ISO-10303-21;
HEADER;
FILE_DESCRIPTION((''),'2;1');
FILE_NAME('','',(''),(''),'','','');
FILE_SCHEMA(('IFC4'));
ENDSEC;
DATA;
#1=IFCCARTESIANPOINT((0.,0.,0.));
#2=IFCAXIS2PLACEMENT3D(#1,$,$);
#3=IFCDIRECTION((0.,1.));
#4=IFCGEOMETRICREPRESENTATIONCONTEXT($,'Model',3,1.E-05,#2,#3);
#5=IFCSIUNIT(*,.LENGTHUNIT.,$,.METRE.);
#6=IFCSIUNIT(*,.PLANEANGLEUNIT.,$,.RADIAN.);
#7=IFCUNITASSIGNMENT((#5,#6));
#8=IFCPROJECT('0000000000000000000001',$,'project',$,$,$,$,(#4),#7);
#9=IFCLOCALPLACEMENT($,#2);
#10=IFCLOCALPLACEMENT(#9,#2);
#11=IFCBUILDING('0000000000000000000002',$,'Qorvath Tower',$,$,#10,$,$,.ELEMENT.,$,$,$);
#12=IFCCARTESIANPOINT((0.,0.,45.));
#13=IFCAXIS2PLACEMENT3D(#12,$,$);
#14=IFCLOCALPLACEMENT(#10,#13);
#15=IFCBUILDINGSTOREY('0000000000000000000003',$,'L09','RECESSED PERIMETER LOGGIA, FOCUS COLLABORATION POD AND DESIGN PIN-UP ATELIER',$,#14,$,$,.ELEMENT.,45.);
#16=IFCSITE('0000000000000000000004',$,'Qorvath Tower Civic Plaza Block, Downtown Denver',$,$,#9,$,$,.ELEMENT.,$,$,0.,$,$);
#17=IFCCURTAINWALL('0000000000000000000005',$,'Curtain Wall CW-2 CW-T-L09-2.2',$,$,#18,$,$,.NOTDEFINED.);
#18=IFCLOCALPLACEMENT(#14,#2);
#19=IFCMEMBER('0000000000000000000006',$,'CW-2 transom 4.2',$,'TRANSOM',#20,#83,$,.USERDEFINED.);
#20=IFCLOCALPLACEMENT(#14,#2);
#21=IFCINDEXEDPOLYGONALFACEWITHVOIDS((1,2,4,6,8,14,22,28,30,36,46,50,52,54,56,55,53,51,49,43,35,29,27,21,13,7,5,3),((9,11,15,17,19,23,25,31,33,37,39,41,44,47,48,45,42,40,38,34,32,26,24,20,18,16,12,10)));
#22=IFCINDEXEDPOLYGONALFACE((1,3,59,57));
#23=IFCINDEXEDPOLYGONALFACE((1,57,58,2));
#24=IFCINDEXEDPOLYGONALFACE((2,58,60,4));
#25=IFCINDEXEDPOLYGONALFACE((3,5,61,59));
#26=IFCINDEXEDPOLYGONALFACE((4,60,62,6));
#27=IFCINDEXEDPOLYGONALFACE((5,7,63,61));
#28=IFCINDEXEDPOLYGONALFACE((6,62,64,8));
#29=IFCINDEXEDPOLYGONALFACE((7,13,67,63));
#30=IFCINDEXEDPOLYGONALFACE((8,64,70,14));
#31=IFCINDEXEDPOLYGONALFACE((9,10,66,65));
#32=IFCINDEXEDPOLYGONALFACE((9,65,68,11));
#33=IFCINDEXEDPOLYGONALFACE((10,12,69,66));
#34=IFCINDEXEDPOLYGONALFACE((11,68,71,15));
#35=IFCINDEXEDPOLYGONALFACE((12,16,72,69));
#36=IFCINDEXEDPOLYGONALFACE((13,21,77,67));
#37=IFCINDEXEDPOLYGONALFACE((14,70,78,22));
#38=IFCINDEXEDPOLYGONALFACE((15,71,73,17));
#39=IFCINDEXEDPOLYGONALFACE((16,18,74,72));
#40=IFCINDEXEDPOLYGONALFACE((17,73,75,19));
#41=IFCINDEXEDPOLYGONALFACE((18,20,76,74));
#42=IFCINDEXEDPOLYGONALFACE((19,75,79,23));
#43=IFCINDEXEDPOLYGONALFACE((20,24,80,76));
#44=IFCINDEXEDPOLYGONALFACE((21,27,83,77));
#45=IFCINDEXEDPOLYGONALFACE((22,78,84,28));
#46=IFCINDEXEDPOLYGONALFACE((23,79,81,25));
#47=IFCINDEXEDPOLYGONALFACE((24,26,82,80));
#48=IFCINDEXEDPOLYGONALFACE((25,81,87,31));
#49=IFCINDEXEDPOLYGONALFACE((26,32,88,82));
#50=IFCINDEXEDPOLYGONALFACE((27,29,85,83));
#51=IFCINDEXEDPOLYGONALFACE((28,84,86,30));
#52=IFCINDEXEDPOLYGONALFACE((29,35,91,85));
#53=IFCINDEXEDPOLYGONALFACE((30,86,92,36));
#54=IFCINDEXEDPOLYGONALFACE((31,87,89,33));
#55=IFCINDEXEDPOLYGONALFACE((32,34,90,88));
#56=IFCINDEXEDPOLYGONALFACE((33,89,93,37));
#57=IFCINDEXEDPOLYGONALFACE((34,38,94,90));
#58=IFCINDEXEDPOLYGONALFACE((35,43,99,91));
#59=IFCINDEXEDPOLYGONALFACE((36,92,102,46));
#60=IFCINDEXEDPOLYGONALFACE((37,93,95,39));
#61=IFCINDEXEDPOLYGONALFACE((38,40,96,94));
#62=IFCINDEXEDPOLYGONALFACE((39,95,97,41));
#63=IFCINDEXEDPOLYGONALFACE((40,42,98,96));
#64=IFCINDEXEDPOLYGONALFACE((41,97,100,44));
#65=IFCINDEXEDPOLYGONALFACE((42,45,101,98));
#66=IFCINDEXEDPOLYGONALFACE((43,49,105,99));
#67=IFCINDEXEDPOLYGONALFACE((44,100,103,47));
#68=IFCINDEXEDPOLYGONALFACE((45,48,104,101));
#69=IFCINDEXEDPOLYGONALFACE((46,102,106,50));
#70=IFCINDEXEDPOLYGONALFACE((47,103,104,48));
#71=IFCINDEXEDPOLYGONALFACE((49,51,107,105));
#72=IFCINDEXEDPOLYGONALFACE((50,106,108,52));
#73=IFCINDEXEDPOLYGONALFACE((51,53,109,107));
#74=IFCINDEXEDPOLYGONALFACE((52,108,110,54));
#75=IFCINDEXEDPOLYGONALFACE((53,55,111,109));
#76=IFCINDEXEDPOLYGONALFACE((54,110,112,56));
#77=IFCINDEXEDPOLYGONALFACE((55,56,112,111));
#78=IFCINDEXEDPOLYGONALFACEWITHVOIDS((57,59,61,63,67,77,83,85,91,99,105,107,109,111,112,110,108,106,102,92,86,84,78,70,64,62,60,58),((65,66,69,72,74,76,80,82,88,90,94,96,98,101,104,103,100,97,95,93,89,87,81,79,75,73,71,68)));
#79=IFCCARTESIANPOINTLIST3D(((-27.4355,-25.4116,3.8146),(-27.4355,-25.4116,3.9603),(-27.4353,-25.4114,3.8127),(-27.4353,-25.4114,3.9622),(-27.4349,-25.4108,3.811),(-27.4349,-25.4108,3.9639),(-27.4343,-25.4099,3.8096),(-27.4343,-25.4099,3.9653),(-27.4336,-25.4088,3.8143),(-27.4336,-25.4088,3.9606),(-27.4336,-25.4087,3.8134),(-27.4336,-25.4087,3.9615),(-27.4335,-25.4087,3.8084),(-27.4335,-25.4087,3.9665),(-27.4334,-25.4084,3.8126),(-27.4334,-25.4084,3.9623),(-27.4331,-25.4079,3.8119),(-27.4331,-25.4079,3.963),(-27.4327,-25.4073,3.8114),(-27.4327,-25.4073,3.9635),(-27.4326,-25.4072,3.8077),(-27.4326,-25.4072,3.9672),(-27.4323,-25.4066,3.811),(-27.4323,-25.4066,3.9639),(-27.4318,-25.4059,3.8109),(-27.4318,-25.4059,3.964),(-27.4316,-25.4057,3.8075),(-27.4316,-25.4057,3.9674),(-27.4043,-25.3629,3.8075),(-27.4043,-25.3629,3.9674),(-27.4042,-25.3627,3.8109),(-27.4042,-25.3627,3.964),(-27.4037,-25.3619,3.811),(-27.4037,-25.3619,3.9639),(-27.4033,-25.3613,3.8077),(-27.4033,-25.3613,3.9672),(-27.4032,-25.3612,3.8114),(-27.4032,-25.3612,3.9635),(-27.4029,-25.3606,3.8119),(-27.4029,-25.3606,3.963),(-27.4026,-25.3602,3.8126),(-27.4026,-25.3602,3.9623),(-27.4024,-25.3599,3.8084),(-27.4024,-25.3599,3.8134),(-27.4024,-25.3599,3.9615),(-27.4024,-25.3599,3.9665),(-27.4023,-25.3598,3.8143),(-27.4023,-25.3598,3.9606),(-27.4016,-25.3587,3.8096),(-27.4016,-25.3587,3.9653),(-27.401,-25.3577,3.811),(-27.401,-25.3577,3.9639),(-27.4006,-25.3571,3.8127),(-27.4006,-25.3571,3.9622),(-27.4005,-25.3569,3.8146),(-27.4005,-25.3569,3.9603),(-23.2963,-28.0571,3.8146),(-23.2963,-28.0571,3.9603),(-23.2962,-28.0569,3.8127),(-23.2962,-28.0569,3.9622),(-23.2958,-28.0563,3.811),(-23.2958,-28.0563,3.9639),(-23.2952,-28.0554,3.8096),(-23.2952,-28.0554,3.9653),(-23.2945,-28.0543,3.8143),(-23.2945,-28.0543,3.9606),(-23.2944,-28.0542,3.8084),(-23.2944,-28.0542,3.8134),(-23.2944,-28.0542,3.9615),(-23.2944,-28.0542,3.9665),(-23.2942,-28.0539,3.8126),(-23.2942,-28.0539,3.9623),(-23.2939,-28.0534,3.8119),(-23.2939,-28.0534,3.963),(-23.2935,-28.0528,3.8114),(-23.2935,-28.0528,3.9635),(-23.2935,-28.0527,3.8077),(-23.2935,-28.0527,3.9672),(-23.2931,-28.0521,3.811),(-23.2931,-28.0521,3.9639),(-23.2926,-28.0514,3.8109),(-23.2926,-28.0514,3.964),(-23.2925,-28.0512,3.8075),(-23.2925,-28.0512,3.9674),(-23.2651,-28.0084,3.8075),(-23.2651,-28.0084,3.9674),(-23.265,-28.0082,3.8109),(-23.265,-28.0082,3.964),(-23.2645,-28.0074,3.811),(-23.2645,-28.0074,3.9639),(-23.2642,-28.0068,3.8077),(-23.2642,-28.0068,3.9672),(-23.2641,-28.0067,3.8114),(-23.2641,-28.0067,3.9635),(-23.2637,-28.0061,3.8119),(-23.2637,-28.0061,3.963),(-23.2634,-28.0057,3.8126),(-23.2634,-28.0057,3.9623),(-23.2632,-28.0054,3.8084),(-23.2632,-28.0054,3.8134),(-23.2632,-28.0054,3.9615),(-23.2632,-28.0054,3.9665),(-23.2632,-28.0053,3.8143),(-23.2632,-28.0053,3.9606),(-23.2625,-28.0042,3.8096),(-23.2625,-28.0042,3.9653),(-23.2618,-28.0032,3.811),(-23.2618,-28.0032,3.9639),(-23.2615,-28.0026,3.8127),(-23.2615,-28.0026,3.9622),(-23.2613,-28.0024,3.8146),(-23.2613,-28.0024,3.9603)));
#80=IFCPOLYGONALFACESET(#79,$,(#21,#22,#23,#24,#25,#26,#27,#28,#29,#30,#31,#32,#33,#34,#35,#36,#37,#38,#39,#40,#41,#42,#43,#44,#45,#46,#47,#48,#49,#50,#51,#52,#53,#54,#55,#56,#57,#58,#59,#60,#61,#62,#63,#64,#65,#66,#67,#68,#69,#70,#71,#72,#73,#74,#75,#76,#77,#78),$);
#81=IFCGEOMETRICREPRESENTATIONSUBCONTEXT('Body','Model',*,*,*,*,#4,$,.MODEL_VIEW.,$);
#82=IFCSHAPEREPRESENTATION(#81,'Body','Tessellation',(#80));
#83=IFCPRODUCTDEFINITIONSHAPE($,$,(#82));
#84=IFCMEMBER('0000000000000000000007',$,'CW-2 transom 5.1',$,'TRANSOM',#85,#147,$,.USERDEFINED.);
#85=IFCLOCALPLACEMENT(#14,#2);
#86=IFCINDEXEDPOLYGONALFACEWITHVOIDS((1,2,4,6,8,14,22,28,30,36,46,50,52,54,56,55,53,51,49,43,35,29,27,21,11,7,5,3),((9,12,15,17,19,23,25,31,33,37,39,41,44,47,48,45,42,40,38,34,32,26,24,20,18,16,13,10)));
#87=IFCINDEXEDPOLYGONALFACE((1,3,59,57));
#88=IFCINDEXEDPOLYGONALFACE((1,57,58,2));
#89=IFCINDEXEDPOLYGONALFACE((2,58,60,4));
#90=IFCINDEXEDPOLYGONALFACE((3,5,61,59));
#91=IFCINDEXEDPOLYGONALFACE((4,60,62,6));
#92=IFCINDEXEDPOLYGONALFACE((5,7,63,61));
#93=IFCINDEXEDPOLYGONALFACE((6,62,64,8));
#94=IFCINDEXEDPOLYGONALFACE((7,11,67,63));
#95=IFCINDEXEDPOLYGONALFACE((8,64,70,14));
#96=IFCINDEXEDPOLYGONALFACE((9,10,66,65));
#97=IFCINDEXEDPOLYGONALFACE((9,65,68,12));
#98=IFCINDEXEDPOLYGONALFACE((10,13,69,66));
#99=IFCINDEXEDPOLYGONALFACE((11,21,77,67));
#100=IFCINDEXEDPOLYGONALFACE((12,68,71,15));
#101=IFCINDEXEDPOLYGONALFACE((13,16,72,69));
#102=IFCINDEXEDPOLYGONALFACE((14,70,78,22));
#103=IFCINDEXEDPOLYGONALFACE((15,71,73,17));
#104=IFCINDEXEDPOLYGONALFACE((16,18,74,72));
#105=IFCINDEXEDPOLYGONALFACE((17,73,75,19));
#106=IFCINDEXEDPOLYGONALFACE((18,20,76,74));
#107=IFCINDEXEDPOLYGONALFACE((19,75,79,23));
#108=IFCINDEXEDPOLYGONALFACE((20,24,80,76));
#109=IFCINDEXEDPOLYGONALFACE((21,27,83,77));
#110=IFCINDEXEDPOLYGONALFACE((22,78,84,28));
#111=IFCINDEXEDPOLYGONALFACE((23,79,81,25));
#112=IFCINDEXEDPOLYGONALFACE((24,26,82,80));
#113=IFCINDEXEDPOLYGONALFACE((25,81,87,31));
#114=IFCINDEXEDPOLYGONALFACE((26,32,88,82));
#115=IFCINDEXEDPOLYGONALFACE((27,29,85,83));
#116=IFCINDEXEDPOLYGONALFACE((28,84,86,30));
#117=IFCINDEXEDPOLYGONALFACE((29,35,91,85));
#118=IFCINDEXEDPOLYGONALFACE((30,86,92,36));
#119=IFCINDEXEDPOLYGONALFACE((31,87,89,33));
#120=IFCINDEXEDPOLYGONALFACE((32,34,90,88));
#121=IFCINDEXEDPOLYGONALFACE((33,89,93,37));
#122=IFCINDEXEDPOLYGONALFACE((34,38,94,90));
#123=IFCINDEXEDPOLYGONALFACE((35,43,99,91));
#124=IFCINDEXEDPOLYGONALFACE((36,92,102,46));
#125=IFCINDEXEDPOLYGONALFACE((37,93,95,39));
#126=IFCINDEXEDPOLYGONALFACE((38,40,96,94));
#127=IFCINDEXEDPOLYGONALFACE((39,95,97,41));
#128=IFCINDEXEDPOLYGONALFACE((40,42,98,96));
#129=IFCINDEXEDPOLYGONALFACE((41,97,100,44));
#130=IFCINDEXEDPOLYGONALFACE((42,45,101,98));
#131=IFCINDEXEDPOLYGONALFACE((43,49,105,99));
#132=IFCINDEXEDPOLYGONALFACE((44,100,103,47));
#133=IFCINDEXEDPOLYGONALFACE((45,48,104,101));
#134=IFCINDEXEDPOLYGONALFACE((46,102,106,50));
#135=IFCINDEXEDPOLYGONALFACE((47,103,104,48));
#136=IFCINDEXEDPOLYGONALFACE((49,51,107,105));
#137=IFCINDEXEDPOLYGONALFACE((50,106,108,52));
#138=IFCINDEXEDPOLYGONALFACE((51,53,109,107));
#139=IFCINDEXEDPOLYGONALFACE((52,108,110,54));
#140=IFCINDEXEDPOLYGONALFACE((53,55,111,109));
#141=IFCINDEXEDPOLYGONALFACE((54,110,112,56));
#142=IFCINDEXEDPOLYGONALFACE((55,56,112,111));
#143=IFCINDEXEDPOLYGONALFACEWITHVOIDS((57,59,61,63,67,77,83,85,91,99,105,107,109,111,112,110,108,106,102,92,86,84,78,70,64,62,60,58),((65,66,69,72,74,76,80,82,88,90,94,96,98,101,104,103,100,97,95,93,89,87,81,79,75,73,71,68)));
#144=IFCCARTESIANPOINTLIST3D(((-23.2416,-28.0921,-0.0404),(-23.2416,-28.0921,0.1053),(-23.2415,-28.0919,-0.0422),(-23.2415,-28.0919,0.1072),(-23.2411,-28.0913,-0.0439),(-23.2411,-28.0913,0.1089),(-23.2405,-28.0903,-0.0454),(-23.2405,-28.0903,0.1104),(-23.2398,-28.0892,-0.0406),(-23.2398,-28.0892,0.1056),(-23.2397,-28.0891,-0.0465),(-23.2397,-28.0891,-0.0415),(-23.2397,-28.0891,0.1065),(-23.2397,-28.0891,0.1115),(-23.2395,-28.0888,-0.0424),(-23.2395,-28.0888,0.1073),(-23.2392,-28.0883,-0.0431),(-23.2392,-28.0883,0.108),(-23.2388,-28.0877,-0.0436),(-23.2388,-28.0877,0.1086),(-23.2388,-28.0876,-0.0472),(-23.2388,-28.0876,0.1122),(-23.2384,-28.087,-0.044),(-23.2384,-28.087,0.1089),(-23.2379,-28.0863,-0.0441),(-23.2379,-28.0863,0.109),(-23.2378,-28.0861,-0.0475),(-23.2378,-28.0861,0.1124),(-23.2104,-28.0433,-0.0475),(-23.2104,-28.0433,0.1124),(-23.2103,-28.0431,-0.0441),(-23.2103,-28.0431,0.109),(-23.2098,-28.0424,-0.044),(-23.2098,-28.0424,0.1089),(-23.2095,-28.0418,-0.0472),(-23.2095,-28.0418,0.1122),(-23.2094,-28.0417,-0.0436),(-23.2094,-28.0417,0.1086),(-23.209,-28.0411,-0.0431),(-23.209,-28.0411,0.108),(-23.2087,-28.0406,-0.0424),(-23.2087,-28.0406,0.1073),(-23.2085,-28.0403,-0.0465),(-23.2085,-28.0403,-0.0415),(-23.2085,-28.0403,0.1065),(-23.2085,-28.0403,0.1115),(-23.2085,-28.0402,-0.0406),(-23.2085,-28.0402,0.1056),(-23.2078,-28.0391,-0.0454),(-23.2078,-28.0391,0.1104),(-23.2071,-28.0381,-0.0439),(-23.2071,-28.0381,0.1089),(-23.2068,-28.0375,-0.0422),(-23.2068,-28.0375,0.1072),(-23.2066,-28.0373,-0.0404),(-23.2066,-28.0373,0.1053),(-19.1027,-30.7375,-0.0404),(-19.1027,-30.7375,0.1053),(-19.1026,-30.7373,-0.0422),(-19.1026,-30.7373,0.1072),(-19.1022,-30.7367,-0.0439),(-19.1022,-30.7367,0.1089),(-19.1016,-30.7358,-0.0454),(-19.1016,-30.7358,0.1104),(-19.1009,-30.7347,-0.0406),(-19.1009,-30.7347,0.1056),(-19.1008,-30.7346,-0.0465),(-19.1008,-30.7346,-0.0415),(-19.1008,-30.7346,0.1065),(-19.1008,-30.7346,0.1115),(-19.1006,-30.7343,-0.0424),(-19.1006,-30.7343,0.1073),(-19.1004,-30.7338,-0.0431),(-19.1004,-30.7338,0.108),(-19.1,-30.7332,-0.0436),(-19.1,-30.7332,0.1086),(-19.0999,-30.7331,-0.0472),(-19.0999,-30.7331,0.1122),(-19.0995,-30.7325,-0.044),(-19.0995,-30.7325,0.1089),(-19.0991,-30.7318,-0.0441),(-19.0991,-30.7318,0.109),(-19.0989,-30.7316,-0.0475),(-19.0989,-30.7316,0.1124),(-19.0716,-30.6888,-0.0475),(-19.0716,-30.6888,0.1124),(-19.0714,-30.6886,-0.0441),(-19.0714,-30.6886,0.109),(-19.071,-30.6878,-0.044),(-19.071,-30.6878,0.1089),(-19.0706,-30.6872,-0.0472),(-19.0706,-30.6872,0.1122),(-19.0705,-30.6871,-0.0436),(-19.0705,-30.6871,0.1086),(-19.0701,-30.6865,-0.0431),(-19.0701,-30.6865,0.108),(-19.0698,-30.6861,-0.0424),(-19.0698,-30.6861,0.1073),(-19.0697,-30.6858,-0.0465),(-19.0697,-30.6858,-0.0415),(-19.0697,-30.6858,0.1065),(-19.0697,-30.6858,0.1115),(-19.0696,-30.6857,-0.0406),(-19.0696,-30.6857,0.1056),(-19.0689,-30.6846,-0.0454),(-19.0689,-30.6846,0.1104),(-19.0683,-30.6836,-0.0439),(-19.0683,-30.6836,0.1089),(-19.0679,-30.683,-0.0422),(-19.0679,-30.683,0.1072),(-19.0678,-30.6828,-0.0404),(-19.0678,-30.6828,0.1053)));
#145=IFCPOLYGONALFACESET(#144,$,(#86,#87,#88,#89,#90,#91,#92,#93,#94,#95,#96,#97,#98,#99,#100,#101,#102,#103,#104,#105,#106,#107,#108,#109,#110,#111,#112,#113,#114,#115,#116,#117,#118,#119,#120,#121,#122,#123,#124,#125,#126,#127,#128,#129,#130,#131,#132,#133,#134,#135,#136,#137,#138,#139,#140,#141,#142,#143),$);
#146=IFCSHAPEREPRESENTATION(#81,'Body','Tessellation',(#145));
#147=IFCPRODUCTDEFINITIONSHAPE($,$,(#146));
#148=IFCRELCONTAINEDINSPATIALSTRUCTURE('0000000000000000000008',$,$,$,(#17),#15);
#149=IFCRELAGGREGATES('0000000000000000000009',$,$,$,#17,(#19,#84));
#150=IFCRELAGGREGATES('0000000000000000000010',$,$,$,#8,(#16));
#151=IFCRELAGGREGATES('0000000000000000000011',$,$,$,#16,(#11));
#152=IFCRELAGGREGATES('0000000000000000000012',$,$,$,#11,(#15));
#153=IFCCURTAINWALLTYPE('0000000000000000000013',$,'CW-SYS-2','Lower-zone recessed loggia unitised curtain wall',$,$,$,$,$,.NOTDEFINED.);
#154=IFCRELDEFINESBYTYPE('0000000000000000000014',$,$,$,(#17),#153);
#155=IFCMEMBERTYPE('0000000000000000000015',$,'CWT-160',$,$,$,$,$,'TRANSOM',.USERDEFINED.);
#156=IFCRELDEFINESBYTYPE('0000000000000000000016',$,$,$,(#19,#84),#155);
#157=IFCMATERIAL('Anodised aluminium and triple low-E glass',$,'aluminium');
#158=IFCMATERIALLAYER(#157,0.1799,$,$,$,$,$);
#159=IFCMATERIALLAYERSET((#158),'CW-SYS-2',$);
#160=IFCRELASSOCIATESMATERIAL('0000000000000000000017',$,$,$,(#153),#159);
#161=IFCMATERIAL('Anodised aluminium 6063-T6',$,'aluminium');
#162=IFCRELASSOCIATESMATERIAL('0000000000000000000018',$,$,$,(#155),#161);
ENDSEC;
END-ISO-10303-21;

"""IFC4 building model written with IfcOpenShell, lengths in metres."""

from ifc_helpers import new_model, si_unit, direction, frame, origin, origin_2d, place, context, subcontext, project, spatial, hollow_rectangle, extrude, material, layer, layer_set, material_profile, profile_set, type_object, element, aggregate, save


model = new_model("IFC4")

# Units and contexts
model_context = context("Model", 3, precision=1e-05, world=origin(), true_north=direction((0.0, 1.0)))
body_context = subcontext(model_context, "Body", "Model", "MODEL_VIEW")
ifc_project = project(units=[si_unit("LENGTHUNIT", "METRE"), si_unit("PLANEANGLEUNIT", "RADIAN")], contexts=[model_context])

# Site, building, storey
site_placement = place(None, origin())
site = spatial("IfcSite", under=ifc_project, at=site_placement, Name="Qorvath Tower Civic Plaza Block, Downtown Denver", CompositionType="ELEMENT", RefElevation=0.0)
building_placement = place(site_placement, origin())
building = spatial("IfcBuilding", under=site, at=building_placement, Name="Qorvath Tower", CompositionType="ELEMENT")
storey_placement = place(building_placement, frame((0.0, 0.0, 45.0)))
storey = spatial("IfcBuildingStorey", under=building, at=storey_placement, Name="L09", Description="RECESSED PERIMETER LOGGIA, FOCUS COLLABORATION POD AND DESIGN PIN-UP ATELIER", CompositionType="ELEMENT", Elevation=45.0)

# Curtain wall, members
ifc_material_1 = material(Name="Anodised aluminium and triple low-E glass", Category="aluminium")
ifc_layer_1 = layer(ifc_material_1, 0.1799)
ifc_layer_set_1 = layer_set([ifc_layer_1], Name="CW-SYS-2")
curtain_wall_type = type_object("IfcCurtainWallType", Name="CW-SYS-2", Description="Lower-zone recessed loggia unitised curtain wall", PredefinedType="NOTDEFINED", material=ifc_layer_set_1)
curtain_wall_placement = place(storey_placement, origin())
curtain_wall = element("IfcCurtainWall", 1, at=curtain_wall_placement, inside=storey, type_object=curtain_wall_type, Name="Curtain Wall CW-2 CW-T-L09-2.2", PredefinedType="NOTDEFINED")
ifc_material_2 = material(Name="Anodised aluminium 6063-T6", Category="aluminium")
ifc_material_profile_1 = material_profile(ifc_material_2, hollow_rectangle(XDim=0.0649, YDim=0.1599, WallThickness=0.0034, InnerFilletRadius=0.0034, OuterFilletRadius=0.0071, at=origin_2d()), Name="CWT 160x65")
ifc_profile_set_1 = profile_set([ifc_material_profile_1], Name="Anodised aluminium 6063-T6")
member_type_1 = type_object("IfcMemberType", Name="CWT-160", ElementType="TRANSOM", PredefinedType="USERDEFINED", material=ifc_profile_set_1)
member_1_placement = place(storey_placement, frame((-27.418, -25.3843, 3.8875), z_axis=(0.8426, -0.53854, 0.0), x_axis=(0.53854, 0.8426, 0.0)))
member_1 = element("IfcMember", 2, at=member_1_placement, type_object=member_type_1, Name="CW-2 transom 4.2", ObjectType="TRANSOM", PredefinedType="USERDEFINED", context=body_context, shape_type="SweptSolid", body=[
    extrude(hollow_rectangle(XDim=0.0649, YDim=0.1599, WallThickness=0.0034, InnerFilletRadius=0.0034, OuterFilletRadius=0.0071, at=origin_2d()), origin(), (0.0, 0.0, 1.0), 4.9124),
])
member_2_placement = place(storey_placement, frame((-23.2241, -28.0647, 0.0325), z_axis=(0.842585, -0.538563, 0.0), x_axis=(0.538563, 0.842585, 0.0)))
member_2 = element("IfcMember", 3, at=member_2_placement, type_object=member_type_1, Name="CW-2 transom 5.1", ObjectType="TRANSOM", PredefinedType="USERDEFINED", context=body_context, shape_type="SweptSolid", body=[
    extrude(hollow_rectangle(XDim=0.0649, YDim=0.1599, WallThickness=0.0034, InnerFilletRadius=0.0034, OuterFilletRadius=0.0071, at=origin_2d()), origin(), (0.0, 0.0, 1.0), 4.9121),
])
aggregate(curtain_wall, [member_1, member_2])

save(model, "model.ifc")
